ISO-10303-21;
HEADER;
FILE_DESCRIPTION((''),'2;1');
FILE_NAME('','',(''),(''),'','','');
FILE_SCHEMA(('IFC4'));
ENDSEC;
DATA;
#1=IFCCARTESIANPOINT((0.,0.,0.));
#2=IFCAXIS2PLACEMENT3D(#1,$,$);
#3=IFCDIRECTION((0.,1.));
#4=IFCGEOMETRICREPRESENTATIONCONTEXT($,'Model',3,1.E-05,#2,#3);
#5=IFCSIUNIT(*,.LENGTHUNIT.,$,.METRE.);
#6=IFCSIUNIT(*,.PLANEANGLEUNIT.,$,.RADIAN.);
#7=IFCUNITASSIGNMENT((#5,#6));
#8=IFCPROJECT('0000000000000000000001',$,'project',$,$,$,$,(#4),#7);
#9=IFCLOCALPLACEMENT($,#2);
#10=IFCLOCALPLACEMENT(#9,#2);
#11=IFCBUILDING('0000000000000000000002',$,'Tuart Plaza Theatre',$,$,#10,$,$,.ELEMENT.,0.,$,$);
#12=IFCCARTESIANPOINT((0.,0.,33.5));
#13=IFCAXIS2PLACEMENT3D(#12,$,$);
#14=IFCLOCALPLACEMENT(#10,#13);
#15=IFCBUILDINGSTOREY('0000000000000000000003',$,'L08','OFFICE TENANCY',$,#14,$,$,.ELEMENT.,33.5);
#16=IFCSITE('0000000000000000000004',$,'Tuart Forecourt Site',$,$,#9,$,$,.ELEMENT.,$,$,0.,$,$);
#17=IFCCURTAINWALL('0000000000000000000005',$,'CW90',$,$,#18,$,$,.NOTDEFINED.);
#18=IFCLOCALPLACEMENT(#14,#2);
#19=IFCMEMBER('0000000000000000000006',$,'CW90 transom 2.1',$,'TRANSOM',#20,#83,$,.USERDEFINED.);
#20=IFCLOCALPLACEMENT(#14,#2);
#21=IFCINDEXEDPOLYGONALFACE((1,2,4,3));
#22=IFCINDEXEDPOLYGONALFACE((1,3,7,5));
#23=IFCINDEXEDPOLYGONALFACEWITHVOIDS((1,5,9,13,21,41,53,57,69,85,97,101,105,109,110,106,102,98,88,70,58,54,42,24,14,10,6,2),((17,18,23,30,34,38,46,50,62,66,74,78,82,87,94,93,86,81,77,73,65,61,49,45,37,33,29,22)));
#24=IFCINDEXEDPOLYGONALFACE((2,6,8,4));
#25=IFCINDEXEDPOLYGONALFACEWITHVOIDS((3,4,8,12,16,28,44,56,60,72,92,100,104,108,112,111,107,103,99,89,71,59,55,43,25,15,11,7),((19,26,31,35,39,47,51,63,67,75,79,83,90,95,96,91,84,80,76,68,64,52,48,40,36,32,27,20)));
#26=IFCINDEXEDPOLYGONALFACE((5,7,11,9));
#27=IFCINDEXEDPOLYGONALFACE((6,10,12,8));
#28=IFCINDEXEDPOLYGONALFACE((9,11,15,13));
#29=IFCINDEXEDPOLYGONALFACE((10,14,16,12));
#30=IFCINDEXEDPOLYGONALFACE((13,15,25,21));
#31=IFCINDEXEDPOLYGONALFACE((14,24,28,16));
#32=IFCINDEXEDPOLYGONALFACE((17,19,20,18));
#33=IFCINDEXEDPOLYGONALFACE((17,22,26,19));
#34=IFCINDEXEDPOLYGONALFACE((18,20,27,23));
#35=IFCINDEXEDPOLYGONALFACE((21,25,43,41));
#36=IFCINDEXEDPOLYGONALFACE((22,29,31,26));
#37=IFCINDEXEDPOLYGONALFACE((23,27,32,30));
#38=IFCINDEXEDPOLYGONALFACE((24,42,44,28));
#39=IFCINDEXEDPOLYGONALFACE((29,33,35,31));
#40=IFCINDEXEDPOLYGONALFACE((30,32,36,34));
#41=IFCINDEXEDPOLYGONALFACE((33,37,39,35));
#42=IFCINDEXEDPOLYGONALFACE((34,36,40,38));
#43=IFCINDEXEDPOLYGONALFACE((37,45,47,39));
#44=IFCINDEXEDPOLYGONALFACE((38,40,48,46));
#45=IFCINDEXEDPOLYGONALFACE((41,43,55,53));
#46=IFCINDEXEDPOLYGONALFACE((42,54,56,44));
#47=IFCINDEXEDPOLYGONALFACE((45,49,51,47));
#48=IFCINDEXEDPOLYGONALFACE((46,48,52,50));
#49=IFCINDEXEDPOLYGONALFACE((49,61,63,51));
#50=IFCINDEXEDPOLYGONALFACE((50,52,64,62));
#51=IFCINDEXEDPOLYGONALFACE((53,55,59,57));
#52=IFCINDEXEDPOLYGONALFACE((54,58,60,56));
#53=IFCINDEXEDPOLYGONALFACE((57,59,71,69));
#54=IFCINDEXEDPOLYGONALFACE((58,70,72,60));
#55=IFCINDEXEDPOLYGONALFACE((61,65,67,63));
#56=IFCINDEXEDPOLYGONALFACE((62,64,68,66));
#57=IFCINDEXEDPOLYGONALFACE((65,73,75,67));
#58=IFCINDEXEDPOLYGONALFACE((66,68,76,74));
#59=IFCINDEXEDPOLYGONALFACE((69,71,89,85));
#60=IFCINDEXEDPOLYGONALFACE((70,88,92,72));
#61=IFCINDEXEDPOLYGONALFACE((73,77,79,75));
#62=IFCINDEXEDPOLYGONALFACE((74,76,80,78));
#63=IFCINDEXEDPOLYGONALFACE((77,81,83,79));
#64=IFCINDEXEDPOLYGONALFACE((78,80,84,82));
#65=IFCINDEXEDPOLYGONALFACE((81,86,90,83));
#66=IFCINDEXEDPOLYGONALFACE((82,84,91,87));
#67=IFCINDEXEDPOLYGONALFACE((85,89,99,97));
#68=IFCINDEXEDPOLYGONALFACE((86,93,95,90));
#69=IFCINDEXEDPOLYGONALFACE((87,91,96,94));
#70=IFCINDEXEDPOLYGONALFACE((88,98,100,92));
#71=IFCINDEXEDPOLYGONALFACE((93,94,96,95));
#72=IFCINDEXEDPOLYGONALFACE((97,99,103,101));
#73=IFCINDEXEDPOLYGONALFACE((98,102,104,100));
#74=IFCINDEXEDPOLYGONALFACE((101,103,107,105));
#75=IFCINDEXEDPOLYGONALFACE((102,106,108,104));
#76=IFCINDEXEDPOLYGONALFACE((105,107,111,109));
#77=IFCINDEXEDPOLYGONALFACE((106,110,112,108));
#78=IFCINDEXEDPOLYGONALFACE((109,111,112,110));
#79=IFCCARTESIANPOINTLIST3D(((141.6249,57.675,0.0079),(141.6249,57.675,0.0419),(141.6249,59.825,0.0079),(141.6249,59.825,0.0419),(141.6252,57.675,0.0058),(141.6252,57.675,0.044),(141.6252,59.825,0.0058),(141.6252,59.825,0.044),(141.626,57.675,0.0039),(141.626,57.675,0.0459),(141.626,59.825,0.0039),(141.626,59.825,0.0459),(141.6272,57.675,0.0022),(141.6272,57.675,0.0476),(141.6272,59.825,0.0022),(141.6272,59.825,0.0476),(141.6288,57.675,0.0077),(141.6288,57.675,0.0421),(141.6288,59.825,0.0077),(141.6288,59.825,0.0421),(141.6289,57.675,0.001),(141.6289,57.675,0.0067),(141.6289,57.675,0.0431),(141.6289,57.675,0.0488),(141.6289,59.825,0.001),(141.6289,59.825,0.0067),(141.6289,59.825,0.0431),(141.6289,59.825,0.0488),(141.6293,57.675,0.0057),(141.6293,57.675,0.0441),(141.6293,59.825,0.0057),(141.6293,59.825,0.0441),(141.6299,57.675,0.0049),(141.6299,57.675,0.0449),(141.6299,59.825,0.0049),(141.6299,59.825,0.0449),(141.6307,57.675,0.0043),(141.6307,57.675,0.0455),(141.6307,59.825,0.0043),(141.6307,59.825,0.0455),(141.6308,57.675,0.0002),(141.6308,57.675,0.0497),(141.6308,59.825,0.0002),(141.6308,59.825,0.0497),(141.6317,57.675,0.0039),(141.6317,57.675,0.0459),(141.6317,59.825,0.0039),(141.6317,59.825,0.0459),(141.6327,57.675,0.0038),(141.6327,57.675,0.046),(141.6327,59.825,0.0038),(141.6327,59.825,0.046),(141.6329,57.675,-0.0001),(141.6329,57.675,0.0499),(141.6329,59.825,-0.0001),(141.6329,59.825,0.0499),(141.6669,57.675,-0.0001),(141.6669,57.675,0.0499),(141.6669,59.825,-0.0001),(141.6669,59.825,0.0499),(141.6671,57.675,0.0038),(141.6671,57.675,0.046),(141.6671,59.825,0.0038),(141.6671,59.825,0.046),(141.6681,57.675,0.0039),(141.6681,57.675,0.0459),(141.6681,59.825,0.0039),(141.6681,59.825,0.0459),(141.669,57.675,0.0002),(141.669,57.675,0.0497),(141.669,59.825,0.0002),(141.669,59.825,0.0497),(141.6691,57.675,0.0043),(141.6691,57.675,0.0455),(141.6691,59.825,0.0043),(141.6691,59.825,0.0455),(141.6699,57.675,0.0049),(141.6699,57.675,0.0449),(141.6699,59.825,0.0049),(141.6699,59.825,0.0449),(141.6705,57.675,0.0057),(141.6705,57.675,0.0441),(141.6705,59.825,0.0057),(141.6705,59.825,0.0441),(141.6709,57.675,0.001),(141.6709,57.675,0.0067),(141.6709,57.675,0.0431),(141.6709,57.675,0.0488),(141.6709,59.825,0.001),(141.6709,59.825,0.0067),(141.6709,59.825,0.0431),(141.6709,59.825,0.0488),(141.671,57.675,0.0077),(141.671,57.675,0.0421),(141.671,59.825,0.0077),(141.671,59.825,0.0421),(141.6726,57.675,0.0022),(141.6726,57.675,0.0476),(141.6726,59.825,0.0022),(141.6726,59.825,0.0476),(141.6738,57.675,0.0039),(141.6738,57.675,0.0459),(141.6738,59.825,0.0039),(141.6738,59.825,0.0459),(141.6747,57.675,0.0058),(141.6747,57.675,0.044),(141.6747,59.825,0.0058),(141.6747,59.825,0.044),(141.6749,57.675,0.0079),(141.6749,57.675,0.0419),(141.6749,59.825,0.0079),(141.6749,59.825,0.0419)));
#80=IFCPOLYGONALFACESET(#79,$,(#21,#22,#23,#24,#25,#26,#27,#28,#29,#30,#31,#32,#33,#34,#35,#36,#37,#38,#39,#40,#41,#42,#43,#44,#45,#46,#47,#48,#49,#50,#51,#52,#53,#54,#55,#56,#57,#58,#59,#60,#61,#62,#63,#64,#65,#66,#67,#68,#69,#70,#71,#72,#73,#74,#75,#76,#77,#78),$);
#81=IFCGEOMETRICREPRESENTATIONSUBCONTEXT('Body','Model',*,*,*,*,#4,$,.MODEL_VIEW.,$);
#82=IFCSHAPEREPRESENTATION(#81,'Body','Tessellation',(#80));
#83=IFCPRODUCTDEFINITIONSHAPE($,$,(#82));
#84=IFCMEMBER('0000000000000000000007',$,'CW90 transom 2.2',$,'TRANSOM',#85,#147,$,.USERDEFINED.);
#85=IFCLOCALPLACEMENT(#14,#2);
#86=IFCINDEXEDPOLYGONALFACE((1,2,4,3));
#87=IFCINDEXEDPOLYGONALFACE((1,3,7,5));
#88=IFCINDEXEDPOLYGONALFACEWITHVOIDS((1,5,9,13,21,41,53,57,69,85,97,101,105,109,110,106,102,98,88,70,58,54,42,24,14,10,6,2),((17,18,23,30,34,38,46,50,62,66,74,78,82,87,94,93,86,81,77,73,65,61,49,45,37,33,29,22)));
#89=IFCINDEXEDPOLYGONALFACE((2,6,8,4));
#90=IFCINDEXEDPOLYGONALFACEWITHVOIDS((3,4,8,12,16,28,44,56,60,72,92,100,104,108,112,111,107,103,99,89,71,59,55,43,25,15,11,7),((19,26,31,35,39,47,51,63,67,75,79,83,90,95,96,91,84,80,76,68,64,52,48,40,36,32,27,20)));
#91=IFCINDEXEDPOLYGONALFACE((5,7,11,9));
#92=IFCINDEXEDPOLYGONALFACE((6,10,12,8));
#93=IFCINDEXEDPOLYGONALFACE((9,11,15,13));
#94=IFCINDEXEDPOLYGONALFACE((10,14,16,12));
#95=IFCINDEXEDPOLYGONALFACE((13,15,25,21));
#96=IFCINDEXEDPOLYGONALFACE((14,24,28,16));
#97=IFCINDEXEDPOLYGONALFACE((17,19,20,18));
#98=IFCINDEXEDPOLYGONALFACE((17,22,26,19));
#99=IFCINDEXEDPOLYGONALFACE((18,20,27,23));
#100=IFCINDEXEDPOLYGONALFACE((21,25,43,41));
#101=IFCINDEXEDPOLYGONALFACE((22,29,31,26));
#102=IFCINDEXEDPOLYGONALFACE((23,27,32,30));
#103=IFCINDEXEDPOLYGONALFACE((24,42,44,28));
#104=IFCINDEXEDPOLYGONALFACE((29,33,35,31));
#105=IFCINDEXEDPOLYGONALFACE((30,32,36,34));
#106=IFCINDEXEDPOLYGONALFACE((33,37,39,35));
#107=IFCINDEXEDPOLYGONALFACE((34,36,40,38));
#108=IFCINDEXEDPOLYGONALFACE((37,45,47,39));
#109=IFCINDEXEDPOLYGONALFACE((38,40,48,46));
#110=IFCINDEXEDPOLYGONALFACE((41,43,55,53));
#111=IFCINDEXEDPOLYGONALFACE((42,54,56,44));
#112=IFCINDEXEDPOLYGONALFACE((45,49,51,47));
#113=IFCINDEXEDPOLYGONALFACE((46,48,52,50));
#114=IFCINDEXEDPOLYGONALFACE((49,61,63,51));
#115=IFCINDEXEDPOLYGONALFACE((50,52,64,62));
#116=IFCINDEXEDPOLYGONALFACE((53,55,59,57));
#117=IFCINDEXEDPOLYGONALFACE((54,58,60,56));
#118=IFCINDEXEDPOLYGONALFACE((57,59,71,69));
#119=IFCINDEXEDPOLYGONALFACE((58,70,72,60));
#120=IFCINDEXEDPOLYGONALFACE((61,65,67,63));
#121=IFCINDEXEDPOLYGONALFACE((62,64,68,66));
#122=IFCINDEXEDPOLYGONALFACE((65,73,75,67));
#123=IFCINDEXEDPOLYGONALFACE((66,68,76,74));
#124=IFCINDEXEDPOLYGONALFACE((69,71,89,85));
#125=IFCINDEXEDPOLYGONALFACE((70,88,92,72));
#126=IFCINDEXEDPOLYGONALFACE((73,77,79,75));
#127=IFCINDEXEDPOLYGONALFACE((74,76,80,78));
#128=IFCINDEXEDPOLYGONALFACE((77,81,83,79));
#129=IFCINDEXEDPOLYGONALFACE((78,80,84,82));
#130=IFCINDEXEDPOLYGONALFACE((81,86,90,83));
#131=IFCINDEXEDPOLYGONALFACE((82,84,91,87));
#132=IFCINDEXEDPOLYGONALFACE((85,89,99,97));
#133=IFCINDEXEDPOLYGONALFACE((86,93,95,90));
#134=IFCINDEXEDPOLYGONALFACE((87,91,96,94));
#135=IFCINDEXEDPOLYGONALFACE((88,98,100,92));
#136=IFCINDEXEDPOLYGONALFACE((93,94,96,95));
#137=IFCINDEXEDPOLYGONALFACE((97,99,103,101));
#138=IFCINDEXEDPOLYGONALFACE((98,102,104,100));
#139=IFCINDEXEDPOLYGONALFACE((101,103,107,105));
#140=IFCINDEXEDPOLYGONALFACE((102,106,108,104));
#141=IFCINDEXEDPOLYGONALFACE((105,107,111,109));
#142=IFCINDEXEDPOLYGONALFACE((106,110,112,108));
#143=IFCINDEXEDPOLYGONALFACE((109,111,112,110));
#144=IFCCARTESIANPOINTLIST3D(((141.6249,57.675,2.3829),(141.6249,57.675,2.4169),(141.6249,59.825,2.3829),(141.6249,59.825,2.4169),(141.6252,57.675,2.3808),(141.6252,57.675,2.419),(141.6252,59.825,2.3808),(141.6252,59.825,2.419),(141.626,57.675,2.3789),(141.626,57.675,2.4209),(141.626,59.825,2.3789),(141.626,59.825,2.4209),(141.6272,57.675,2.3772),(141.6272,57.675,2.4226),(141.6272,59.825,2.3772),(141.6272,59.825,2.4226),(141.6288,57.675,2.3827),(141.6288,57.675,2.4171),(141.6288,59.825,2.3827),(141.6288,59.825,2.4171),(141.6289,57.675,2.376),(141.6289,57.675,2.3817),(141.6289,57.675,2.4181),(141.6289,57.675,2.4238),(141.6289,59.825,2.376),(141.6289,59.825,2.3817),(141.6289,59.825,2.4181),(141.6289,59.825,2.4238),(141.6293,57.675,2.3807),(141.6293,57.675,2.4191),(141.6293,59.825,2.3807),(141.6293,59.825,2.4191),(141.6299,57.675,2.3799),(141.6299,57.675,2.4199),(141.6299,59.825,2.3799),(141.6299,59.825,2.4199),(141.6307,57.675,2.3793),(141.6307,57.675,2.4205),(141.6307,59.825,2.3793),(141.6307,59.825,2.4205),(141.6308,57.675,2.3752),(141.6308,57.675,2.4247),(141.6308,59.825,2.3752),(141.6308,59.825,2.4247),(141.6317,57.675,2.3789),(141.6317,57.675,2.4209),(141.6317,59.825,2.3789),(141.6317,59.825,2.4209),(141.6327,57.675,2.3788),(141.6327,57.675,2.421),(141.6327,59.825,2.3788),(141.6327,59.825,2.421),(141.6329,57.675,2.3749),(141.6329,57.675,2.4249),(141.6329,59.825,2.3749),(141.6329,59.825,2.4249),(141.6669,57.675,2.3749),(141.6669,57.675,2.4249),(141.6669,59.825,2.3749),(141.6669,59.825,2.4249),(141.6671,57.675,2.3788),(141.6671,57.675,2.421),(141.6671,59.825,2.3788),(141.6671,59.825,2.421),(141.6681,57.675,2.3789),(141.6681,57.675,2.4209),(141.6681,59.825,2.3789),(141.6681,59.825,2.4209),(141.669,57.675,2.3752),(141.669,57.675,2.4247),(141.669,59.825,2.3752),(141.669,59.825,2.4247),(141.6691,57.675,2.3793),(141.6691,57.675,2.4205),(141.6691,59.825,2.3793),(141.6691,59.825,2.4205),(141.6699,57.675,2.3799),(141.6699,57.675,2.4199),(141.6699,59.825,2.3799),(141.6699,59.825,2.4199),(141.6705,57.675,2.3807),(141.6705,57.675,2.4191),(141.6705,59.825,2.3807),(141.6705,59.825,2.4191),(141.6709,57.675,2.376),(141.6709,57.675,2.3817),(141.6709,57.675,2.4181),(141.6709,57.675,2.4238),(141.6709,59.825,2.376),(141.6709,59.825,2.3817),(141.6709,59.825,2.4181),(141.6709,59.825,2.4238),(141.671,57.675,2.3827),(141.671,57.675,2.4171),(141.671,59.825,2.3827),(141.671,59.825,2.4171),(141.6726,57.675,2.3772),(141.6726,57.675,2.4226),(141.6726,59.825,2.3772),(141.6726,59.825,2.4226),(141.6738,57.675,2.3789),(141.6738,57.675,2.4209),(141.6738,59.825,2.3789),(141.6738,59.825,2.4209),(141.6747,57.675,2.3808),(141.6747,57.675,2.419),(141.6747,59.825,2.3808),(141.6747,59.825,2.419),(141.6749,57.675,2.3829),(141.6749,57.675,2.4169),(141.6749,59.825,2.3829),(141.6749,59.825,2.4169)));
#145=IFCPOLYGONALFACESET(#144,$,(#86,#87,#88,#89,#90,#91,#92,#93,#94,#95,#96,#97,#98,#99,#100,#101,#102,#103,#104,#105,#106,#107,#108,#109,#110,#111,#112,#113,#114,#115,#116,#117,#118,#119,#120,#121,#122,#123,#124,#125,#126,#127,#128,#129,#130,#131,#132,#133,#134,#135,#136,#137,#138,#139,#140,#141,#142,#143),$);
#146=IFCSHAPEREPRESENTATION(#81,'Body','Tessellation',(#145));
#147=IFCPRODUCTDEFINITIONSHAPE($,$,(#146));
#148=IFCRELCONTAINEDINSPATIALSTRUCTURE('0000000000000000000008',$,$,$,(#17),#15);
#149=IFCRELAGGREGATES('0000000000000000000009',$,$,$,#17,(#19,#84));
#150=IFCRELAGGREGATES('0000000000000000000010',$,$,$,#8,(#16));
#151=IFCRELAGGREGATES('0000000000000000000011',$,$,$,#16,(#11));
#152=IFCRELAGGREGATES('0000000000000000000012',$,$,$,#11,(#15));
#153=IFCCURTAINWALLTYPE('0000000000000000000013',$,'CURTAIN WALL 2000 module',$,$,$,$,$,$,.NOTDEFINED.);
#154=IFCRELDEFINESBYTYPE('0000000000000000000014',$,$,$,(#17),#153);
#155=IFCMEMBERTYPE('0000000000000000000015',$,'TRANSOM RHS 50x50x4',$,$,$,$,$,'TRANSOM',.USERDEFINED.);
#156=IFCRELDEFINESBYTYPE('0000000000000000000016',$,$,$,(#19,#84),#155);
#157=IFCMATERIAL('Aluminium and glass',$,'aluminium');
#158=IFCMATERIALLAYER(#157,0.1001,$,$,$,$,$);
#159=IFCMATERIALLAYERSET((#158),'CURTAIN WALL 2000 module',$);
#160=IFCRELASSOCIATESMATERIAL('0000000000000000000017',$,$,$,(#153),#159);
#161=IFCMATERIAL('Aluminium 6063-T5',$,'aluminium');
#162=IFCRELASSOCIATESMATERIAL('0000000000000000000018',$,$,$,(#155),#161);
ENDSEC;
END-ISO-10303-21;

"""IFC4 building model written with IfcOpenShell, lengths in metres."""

from ifc_helpers import new_model, si_unit, direction, frame, origin, origin_2d, place, context, subcontext, project, spatial, hollow_rectangle, extrude, material, layer, layer_set, material_profile, profile_set, type_object, element, aggregate, save


model = new_model("IFC4")

# Units and contexts
model_context = context("Model", 3, precision=1e-05, world=origin(), true_north=direction((0.0, 1.0)))
body_context = subcontext(model_context, "Body", "Model", "MODEL_VIEW")
ifc_project = project(units=[si_unit("LENGTHUNIT", "METRE"), si_unit("PLANEANGLEUNIT", "RADIAN")], contexts=[model_context])

# Site, building, storey
site_placement = place(None, origin())
site = spatial("IfcSite", under=ifc_project, at=site_placement, Name="Tuart Forecourt Site", CompositionType="ELEMENT", RefElevation=0.0)
building_placement = place(site_placement, origin())
building = spatial("IfcBuilding", under=site, at=building_placement, Name="Tuart Plaza Theatre", CompositionType="ELEMENT", ElevationOfRefHeight=0.0)
storey_placement = place(building_placement, frame((0.0, 0.0, 33.5)))
storey = spatial("IfcBuildingStorey", under=building, at=storey_placement, Name="L08", Description="OFFICE TENANCY", CompositionType="ELEMENT", Elevation=33.5)

# Shared definitions
ifc_material_1 = material(Name="Aluminium and glass", Category="aluminium")
ifc_layer_1 = layer(ifc_material_1, 0.1001)
ifc_layer_set_1 = layer_set([ifc_layer_1], Name="CURTAIN WALL 2000 module")
curtain_wall_type = type_object("IfcCurtainWallType", Name="CURTAIN WALL 2000 module", PredefinedType="NOTDEFINED", material=ifc_layer_set_1)

# Curtain wall, members
curtain_wall_1_placement = place(storey_placement, origin())
curtain_wall_1 = element("IfcCurtainWall", 1, at=curtain_wall_1_placement, inside=storey, type_object=curtain_wall_type, Name="CW90", PredefinedType="NOTDEFINED")
ifc_material_2 = material(Name="Aluminium 6063-T5", Category="aluminium")
ifc_material_profile_1 = material_profile(ifc_material_2, hollow_rectangle(XDim=0.05, YDim=0.05, WallThickness=0.0039, InnerFilletRadius=0.0039, OuterFilletRadius=0.0081, at=origin_2d()), Name="RHS 50x50x4")
ifc_profile_set_1 = profile_set([ifc_material_profile_1], Name="Aluminium 6063-T5")
member_type_1 = type_object("IfcMemberType", Name="TRANSOM RHS 50x50x4", ElementType="TRANSOM", PredefinedType="USERDEFINED", material=ifc_profile_set_1)
member_1_placement = place(storey_placement, frame((141.6499, 57.675, 0.0249), z_axis=(0.0, 1.0, 0.0), x_axis=(-1.0, 0.0, 0.0)))
member_1 = element("IfcMember", 2, at=member_1_placement, type_object=member_type_1, Name="CW90 transom 2.1", ObjectType="TRANSOM", PredefinedType="USERDEFINED", context=body_context, shape_type="SweptSolid", body=[
    extrude(hollow_rectangle(XDim=0.05, YDim=0.05, WallThickness=0.0039, InnerFilletRadius=0.0039, OuterFilletRadius=0.0081, at=origin_2d()), origin(), (0.0, 0.0, 1.0), 2.1499),
])
member_2_placement = place(storey_placement, frame((141.6499, 57.675, 2.3999), z_axis=(0.0, 1.0, 0.0), x_axis=(-1.0, 0.0, 0.0)))
member_2 = element("IfcMember", 3, at=member_2_placement, type_object=member_type_1, Name="CW90 transom 2.2", ObjectType="TRANSOM", PredefinedType="USERDEFINED", context=body_context, shape_type="SweptSolid", body=[
    extrude(hollow_rectangle(XDim=0.05, YDim=0.05, WallThickness=0.0039, InnerFilletRadius=0.0039, OuterFilletRadius=0.0081, at=origin_2d()), origin(), (0.0, 0.0, 1.0), 2.1499),
])
aggregate(curtain_wall_1, [member_1, member_2])

save(model, "model.ifc")
